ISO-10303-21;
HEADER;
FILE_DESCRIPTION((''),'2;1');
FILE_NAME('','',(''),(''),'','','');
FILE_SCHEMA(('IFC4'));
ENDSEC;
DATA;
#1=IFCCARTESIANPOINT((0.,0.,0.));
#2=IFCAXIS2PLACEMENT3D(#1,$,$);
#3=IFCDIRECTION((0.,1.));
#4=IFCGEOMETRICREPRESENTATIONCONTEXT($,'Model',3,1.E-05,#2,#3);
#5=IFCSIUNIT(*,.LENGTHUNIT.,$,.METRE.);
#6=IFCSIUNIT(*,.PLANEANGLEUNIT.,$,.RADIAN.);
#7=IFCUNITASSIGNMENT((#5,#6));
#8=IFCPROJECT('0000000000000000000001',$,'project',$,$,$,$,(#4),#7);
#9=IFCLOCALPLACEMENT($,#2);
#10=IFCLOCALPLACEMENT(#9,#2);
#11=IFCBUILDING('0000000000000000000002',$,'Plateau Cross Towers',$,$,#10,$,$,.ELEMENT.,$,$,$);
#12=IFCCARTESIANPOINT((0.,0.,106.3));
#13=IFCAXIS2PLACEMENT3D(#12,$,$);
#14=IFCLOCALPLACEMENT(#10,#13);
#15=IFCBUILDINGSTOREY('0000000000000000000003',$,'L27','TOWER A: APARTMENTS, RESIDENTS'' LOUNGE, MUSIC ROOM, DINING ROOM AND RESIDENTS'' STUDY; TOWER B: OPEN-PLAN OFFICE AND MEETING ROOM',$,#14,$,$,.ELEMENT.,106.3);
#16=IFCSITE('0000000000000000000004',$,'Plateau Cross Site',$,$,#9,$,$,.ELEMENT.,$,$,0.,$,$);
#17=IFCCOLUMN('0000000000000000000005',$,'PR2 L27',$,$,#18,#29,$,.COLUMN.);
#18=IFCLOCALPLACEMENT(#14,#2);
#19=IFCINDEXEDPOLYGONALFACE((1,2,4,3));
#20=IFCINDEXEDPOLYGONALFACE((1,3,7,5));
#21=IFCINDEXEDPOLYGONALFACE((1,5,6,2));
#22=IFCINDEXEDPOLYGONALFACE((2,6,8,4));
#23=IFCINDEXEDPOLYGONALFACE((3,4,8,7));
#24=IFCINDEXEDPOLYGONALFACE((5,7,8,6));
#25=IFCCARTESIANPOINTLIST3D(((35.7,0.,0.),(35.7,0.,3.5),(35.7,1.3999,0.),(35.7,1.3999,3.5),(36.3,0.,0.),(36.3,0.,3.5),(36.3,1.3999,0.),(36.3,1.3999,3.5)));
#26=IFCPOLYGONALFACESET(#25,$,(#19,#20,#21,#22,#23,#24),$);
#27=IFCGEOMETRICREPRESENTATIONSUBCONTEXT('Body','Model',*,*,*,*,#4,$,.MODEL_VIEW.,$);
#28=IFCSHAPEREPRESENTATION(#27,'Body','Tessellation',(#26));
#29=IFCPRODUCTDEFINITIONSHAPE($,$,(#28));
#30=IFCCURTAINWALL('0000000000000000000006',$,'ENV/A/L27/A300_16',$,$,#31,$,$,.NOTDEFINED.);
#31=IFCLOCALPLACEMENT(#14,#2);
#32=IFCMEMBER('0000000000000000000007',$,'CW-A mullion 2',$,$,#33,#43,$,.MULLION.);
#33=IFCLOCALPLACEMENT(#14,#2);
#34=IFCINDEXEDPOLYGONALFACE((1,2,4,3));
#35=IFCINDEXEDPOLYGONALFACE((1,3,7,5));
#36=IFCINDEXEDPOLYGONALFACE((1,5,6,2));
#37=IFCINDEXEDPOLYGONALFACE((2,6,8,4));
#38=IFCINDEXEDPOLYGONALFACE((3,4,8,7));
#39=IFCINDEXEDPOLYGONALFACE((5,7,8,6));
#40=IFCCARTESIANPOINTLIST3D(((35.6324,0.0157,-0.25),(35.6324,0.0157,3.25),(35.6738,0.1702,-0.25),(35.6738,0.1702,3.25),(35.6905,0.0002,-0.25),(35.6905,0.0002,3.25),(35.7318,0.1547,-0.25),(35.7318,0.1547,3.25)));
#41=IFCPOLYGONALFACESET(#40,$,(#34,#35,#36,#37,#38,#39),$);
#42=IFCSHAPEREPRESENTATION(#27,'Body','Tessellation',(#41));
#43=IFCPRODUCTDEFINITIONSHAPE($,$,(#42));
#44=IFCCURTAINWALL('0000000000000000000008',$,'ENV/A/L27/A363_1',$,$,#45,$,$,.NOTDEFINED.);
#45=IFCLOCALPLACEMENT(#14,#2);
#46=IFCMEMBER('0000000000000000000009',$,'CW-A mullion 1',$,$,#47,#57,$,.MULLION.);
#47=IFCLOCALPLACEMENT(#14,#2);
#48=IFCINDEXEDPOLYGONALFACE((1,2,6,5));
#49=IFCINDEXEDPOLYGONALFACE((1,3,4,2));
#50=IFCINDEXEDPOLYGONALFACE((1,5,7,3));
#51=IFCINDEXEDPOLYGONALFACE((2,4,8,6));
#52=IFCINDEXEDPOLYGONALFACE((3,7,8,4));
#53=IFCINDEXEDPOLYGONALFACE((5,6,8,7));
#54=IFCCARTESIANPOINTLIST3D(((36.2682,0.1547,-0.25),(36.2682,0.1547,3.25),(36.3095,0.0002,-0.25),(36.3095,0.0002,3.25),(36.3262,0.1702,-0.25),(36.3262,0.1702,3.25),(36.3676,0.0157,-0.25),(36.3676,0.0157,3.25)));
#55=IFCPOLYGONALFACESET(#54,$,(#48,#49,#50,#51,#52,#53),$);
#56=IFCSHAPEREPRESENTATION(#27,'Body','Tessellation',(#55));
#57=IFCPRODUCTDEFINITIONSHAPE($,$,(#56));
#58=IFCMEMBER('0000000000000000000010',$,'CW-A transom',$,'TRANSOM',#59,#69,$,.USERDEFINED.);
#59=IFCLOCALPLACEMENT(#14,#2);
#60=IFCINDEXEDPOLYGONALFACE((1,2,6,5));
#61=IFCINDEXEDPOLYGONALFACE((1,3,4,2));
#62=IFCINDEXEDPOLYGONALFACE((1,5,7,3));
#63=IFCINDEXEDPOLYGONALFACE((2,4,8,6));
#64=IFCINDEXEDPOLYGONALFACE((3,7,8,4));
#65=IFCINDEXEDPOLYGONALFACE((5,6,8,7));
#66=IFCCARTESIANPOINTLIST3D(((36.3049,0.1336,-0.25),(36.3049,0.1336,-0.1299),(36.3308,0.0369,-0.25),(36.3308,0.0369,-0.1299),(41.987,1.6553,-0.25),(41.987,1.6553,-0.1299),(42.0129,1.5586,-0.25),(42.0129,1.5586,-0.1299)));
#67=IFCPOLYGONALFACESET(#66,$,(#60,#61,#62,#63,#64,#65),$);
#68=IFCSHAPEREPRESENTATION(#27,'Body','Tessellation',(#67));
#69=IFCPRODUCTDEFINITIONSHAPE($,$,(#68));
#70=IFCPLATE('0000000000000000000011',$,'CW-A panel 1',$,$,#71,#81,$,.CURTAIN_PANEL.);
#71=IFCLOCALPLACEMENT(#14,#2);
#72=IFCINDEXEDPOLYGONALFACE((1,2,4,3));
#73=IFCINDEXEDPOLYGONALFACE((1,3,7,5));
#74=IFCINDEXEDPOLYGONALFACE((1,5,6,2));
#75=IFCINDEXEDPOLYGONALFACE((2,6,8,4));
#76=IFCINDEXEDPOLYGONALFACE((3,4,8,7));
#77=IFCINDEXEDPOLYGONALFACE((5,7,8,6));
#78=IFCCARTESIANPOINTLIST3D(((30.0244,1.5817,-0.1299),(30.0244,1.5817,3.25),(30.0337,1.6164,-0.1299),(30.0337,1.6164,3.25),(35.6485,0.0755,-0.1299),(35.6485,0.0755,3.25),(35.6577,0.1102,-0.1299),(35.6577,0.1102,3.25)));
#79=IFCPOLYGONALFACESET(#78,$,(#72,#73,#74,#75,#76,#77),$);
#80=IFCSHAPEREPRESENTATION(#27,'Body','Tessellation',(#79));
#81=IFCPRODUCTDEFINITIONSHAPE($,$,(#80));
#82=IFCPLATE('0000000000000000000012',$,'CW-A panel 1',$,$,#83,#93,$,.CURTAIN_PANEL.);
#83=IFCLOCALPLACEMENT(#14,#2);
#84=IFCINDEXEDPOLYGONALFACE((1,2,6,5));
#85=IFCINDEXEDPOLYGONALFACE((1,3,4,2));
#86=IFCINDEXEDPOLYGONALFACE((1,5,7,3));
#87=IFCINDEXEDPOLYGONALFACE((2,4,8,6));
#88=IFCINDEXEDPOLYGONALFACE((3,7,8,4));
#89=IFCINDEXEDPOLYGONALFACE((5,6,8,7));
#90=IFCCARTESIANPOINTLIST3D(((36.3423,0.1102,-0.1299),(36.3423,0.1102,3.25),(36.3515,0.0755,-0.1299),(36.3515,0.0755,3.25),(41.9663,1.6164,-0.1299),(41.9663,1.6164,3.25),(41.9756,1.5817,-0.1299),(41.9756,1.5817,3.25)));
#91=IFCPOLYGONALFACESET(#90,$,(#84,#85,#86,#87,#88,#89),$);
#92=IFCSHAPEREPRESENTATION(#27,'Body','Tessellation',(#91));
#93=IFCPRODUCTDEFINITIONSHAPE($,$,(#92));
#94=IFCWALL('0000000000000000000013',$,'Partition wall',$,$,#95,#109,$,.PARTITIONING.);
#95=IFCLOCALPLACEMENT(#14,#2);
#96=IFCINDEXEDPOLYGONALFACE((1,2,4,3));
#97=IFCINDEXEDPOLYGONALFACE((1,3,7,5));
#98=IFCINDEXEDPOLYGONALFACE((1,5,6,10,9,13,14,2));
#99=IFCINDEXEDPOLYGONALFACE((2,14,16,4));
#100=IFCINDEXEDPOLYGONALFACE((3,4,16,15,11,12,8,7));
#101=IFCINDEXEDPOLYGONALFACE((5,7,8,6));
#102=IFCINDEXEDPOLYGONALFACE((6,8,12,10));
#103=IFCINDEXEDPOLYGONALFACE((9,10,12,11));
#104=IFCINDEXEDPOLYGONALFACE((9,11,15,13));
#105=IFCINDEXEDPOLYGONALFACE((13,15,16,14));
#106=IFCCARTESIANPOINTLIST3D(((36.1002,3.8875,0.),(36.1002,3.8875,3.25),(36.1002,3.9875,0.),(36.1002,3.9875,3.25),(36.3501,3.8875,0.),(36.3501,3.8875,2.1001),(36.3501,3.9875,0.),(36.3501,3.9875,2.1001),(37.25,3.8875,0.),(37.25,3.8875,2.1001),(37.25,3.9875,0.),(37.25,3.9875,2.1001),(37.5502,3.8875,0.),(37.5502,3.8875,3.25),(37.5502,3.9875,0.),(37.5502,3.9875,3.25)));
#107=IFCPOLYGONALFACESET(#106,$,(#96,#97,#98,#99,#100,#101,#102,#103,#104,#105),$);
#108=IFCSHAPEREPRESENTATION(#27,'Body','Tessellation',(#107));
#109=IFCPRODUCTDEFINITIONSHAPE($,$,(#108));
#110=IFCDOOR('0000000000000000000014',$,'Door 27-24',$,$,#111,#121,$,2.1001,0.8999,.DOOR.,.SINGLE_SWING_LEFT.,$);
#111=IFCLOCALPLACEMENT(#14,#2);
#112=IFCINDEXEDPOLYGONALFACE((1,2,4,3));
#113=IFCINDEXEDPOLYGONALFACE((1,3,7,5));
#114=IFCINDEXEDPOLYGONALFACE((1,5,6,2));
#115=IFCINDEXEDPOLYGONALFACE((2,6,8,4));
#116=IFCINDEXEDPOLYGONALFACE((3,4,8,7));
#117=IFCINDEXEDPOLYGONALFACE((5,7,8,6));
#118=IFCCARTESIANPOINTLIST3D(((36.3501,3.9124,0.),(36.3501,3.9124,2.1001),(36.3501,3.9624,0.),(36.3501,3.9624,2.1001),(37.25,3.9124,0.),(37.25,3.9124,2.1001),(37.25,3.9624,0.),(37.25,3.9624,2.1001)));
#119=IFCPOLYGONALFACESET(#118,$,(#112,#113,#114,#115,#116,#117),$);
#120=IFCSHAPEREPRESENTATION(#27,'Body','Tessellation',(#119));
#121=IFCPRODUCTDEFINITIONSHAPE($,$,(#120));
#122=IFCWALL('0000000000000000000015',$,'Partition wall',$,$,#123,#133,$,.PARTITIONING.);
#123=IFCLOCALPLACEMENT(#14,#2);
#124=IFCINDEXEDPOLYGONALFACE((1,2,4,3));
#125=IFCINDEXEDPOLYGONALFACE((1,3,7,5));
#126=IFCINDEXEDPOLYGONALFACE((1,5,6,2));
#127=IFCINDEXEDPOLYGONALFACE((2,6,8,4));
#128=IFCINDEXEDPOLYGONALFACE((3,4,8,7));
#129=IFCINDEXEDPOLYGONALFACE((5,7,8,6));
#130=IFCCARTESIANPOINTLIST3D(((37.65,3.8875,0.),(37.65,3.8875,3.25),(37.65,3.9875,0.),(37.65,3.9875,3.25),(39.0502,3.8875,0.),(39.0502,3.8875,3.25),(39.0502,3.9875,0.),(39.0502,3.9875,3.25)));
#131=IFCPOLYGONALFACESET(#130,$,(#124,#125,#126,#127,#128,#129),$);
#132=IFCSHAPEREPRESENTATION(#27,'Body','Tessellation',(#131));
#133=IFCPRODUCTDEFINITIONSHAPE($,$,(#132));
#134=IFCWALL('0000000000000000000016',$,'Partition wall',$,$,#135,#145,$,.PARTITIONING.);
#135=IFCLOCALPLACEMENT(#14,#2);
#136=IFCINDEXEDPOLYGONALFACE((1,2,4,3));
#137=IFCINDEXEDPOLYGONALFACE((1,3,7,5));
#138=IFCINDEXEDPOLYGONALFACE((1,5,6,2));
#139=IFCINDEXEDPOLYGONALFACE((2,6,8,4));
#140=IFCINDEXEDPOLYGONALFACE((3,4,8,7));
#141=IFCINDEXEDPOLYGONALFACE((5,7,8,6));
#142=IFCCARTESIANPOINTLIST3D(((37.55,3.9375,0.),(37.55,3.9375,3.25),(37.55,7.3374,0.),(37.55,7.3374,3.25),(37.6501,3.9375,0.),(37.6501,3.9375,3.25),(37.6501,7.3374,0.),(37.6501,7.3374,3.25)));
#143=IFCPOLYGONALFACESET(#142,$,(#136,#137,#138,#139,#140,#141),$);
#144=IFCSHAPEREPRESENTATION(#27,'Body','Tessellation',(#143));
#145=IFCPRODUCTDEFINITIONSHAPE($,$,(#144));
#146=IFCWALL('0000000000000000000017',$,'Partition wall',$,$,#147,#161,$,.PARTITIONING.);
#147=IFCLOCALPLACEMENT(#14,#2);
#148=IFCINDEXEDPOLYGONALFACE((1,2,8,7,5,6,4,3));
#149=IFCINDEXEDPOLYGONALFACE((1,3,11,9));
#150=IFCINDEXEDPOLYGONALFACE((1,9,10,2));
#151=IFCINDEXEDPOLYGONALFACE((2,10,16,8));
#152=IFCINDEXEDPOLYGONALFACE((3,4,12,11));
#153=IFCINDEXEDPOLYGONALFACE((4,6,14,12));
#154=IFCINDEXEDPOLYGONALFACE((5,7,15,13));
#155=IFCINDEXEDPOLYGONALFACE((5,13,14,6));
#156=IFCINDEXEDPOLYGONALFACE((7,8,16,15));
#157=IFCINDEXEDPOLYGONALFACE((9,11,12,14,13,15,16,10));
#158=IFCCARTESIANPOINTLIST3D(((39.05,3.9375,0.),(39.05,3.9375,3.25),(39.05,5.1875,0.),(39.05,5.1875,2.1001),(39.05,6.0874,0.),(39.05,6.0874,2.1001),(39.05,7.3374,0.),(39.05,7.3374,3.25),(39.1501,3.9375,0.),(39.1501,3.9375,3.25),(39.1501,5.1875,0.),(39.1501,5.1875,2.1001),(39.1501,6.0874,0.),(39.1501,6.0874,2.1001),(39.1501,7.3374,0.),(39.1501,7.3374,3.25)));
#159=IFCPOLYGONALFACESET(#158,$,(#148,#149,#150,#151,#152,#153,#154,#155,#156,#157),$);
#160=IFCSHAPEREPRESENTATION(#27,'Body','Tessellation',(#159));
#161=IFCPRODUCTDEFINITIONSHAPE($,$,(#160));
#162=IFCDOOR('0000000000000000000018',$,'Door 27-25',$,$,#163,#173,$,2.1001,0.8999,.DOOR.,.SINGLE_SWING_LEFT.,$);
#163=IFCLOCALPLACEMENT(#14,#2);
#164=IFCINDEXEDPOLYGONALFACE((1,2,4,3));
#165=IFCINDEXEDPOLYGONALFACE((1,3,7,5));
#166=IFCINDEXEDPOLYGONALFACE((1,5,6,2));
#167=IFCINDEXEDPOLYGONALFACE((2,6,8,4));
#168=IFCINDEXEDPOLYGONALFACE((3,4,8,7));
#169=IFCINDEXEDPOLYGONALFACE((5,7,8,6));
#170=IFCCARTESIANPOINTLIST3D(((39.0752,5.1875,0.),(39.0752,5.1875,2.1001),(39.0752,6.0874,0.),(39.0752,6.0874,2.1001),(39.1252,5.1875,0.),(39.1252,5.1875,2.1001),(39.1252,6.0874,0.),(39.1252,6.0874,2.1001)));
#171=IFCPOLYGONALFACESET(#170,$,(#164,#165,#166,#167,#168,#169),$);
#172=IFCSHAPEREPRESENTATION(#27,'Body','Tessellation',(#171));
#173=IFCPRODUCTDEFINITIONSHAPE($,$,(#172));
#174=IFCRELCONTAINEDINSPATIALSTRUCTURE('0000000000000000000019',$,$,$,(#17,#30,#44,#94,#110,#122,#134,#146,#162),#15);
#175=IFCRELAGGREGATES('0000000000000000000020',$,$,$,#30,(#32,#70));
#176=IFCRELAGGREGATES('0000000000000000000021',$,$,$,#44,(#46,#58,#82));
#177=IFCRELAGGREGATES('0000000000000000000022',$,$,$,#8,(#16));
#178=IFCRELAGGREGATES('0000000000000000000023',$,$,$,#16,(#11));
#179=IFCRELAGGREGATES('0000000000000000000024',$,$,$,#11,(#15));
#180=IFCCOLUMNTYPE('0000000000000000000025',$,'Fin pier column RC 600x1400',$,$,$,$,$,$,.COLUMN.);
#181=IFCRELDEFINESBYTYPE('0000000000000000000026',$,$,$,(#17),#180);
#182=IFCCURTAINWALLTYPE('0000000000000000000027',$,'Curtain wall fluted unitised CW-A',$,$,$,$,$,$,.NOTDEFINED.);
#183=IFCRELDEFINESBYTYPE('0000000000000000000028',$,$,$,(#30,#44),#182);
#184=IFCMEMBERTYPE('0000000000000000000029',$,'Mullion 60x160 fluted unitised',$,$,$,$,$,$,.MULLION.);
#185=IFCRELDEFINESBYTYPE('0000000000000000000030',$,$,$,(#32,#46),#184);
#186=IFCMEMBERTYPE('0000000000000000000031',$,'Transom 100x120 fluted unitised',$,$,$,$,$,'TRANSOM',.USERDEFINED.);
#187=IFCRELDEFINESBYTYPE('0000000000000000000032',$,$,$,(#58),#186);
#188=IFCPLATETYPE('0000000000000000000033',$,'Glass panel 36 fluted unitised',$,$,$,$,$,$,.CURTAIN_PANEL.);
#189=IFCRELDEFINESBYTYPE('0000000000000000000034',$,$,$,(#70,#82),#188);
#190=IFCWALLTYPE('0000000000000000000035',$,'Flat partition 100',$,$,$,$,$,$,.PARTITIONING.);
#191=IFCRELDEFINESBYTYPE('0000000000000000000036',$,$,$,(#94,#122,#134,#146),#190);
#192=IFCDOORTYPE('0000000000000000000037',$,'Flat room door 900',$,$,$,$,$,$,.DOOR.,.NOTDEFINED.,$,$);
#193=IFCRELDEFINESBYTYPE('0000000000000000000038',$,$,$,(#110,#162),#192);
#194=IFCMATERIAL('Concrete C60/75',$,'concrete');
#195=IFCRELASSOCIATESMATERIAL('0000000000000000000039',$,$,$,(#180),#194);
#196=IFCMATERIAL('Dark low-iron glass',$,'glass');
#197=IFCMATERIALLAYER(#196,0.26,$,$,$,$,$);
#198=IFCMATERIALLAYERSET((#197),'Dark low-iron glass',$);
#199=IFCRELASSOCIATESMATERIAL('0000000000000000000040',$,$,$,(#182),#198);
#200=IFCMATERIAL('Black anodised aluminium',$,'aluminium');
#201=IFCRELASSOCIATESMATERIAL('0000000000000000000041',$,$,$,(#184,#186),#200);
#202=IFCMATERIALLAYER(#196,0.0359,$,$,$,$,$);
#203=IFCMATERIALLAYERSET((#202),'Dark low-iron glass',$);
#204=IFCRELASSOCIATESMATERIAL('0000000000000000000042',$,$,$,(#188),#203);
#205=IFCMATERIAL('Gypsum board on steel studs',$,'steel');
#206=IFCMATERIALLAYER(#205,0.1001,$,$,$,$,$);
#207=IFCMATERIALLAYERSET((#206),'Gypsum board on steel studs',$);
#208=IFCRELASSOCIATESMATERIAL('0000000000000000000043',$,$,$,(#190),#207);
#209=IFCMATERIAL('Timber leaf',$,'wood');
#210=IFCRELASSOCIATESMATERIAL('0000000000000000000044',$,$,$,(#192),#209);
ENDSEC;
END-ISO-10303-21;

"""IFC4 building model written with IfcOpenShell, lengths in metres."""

from ifc_helpers import new_model, si_unit, direction, frame, frame_2d, origin, origin_2d, place, context, subcontext, project, spatial, rectangle, extrude, material, layer, layer_set, material_profile, profile_set, type_object, element, fill, aggregate, save


model = new_model("IFC4")

# Units and contexts
model_context = context("Model", 3, precision=1e-05, world=origin(), true_north=direction((0.0, 1.0)))
body_context = subcontext(model_context, "Body", "Model", "MODEL_VIEW")
ifc_project = project(units=[si_unit("LENGTHUNIT", "METRE"), si_unit("PLANEANGLEUNIT", "RADIAN")], contexts=[model_context])

# Site, building, storey
site_placement = place(None, origin())
site = spatial("IfcSite", under=ifc_project, at=site_placement, Name="Plateau Cross Site", CompositionType="ELEMENT", RefElevation=0.0)
building_placement = place(site_placement, origin())
building = spatial("IfcBuilding", under=site, at=building_placement, Name="Plateau Cross Towers", CompositionType="ELEMENT")
storey_placement = place(building_placement, frame((0.0, 0.0, 106.3)))
storey = spatial("IfcBuildingStorey", under=building, at=storey_placement, Name="L27", Description="TOWER A: APARTMENTS, RESIDENTS' LOUNGE, MUSIC ROOM, DINING ROOM AND RESIDENTS' STUDY; TOWER B: OPEN-PLAN OFFICE AND MEETING ROOM", CompositionType="ELEMENT", Elevation=106.3)

# Column
ifc_material_1 = material(Name="Concrete C60/75", Category="concrete")
ifc_material_profile_1 = material_profile(ifc_material_1, rectangle(XDim=0.6001, YDim=1.3999, at=origin_2d()), Name="RC 600x1400")
ifc_profile_set_1 = profile_set([ifc_material_profile_1], Name="Concrete C60/75")
column_type = type_object("IfcColumnType", Name="Fin pier column RC 600x1400", PredefinedType="COLUMN", material=ifc_profile_set_1)
column_placement = place(storey_placement, frame((36.0, 0.7, 0.0), z_axis=(0.0, 0.0, 1.0), x_axis=(1.0, 0.0, 0.0)))
element("IfcColumn", 1, at=column_placement, inside=storey, type_object=column_type, Name="PR2 L27", PredefinedType="COLUMN", context=body_context, shape_type="SweptSolid", body=[
    extrude(rectangle(XDim=0.6001, YDim=1.3999, at=origin_2d()), origin(), (0.0, 0.0, 1.0), 3.5),
])

# Curtain wall, member
ifc_material_2 = material(Name="Dark low-iron glass", Category="glass")
ifc_layer_1 = layer(ifc_material_2, 0.26)
ifc_layer_set_1 = layer_set([ifc_layer_1], Name="Dark low-iron glass")
curtain_wall_type = type_object("IfcCurtainWallType", Name="Curtain wall fluted unitised CW-A", PredefinedType="NOTDEFINED", material=ifc_layer_set_1)
curtain_wall_1_placement = place(storey_placement, origin())
curtain_wall_1 = element("IfcCurtainWall", 2, at=curtain_wall_1_placement, inside=storey, type_object=curtain_wall_type, Name="ENV/A/L27/A300_16", PredefinedType="NOTDEFINED")
ifc_material_3 = material(Name="Black anodised aluminium", Category="aluminium")
ifc_material_profile_2 = material_profile(ifc_material_3, rectangle(XDim=0.0601, YDim=0.1599, at=origin_2d()), Name="MULLION 60x160")
ifc_profile_set_2 = profile_set([ifc_material_profile_2], Name="Black anodised aluminium")
member_type_1 = type_object("IfcMemberType", Name="Mullion 60x160 fluted unitised", PredefinedType="MULLION", material=ifc_profile_set_2)
member_1_placement = place(storey_placement, frame((35.6821, 0.0852, -0.25), z_axis=(0.0, 0.0, 1.0), x_axis=(0.965958, -0.258699, 0.0)))
member_1 = element("IfcMember", 3, at=member_1_placement, type_object=member_type_1, Name="CW-A mullion 2", PredefinedType="MULLION", context=body_context, shape_type="SweptSolid", body=[
    extrude(rectangle(XDim=0.0601, YDim=0.1599, at=origin_2d()), origin(), (0.0, 0.0, 1.0), 3.5),
])

# Curtain wall, members
curtain_wall_2_placement = place(storey_placement, origin())
curtain_wall_2 = element("IfcCurtainWall", 4, at=curtain_wall_2_placement, inside=storey, type_object=curtain_wall_type, Name="ENV/A/L27/A363_1", PredefinedType="NOTDEFINED")
member_2_placement = place(storey_placement, frame((36.3179, 0.0852, -0.25), z_axis=(0.0, 0.0, 1.0), x_axis=(0.965958, 0.258699, 0.0)))
member_2 = element("IfcMember", 5, at=member_2_placement, type_object=member_type_1, Name="CW-A mullion 1", PredefinedType="MULLION", context=body_context, shape_type="SweptSolid", body=[
    extrude(rectangle(XDim=0.0601, YDim=0.1599, at=origin_2d()), origin(), (0.0, 0.0, 1.0), 3.5),
])
ifc_material_profile_3 = material_profile(ifc_material_3, rectangle(XDim=0.1001, YDim=0.1201, at=origin_2d()), Name="TRANSOM 100x120")
ifc_profile_set_3 = profile_set([ifc_material_profile_3], Name="Black anodised aluminium")
member_type_2 = type_object("IfcMemberType", Name="Transom 100x120 fluted unitised", ElementType="TRANSOM", PredefinedType="USERDEFINED", material=ifc_profile_set_3)
member_3_placement = place(storey_placement, frame((36.3179, 0.0852, -0.1899), z_axis=(0.96596, 0.258693, 0.0), x_axis=(-0.258693, 0.96596, 0.0)))
member_3 = element("IfcMember", 6, at=member_3_placement, type_object=member_type_2, Name="CW-A transom", ObjectType="TRANSOM", PredefinedType="USERDEFINED", context=body_context, shape_type="SweptSolid", body=[
    extrude(rectangle(XDim=0.1001, YDim=0.1201, at=origin_2d()), origin(), (0.0, 0.0, 1.0), 5.8823),
])

# Plates
ifc_layer_2 = layer(ifc_material_2, 0.0359)
ifc_layer_set_2 = layer_set([ifc_layer_2], Name="Dark low-iron glass")
plate_type = type_object("IfcPlateType", Name="Glass panel 36 fluted unitised", PredefinedType="CURTAIN_PANEL", material=ifc_layer_set_2)
plate_1_placement = place(storey_placement, frame((32.8411, 0.8459, -0.1299), z_axis=(0.0, 0.0, 1.0), x_axis=(0.965958, -0.258699, 0.0)))
plate_1 = element("IfcPlate", 7, at=plate_1_placement, type_object=plate_type, Name="CW-A panel 1", PredefinedType="CURTAIN_PANEL", context=body_context, shape_type="SweptSolid", body=[
    extrude(rectangle(XDim=5.8223, YDim=0.0359, at=origin_2d()), origin(), (0.0, 0.0, 1.0), 3.3799),
])
aggregate(curtain_wall_1, [member_1, plate_1])
plate_2_placement = place(storey_placement, frame((39.1589, 0.8459, -0.1299), z_axis=(0.0, 0.0, 1.0), x_axis=(0.965958, 0.258699, 0.0)))
plate_2 = element("IfcPlate", 8, at=plate_2_placement, type_object=plate_type, Name="CW-A panel 1", PredefinedType="CURTAIN_PANEL", context=body_context, shape_type="SweptSolid", body=[
    extrude(rectangle(XDim=5.8223, YDim=0.0359, at=origin_2d()), origin(), (0.0, 0.0, 1.0), 3.3799),
])
aggregate(curtain_wall_2, [member_2, member_3, plate_2])

# Wall, opening, door
ifc_material_4 = material(Name="Gypsum board on steel studs", Category="steel")
ifc_layer_3 = layer(ifc_material_4, 0.1001)
ifc_layer_set_3 = layer_set([ifc_layer_3], Name="Gypsum board on steel studs")
wall_type_1 = type_object("IfcWallType", Name="Flat partition 100", PredefinedType="PARTITIONING", material=ifc_layer_set_3)
wall_1_placement = place(storey_placement, frame((36.1001, 3.9375, 0.0), z_axis=(0.0, 0.0, 1.0), x_axis=(1.0, 0.0, 0.0)))
wall_1 = element("IfcWall", 9, at=wall_1_placement, inside=storey, type_object=wall_type_1, Name="Partition wall", PredefinedType="PARTITIONING", context=body_context, shape_type="SweptSolid", body=[
    extrude(rectangle(XDim=1.45, YDim=0.1001, at=frame_2d((0.7251, 0.0))), origin(), (0.0, 0.0, 1.0), 3.25),
])
opening_1_placement = place(wall_1_placement, frame((0.25, 0.0, 0.0)))
opening_1 = element("IfcOpeningElement", 10, at=opening_1_placement, cuts=wall_1, PredefinedType="OPENING", context=body_context, shape_type="SweptSolid", body=[
    extrude(rectangle(XDim=0.8999, YDim=2.1001, at=frame_2d((0.45, 1.05))), frame((0.0, 0.0601, 0.0), z_axis=(0.0, -1.0, 0.0), x_axis=(1.0, 0.0, 0.0)), (0.0, 0.0, 1.0), 0.1201),
])
ifc_material_5 = material(Name="Timber leaf", Category="wood")
door_type = type_object("IfcDoorType", Name="Flat room door 900", OperationType="NOTDEFINED", PredefinedType="DOOR", material=ifc_material_5)
door_1_placement = place(opening_1_placement, origin())
door_1 = element("IfcDoor", 11, at=door_1_placement, inside=storey, type_object=door_type, Name="Door 27-24", OperationType="SINGLE_SWING_LEFT", OverallHeight=2.1001, OverallWidth=0.8999, PredefinedType="DOOR", context=body_context, shape_type="SweptSolid", body=[
    extrude(rectangle(XDim=0.8999, YDim=2.1001, at=frame_2d((0.45, 1.05))), frame((0.0, 0.0249, 0.0), z_axis=(0.0, -1.0, 0.0), x_axis=(1.0, 0.0, 0.0)), (0.0, 0.0, 1.0), 0.05),
])
fill(opening_1, door_1)

# Walls
wall_2_placement = place(storey_placement, frame((37.6499, 3.9375, 0.0), z_axis=(0.0, 0.0, 1.0), x_axis=(1.0, 0.0, 0.0)))
element("IfcWall", 12, at=wall_2_placement, inside=storey, type_object=wall_type_1, Name="Partition wall", PredefinedType="PARTITIONING", context=body_context, shape_type="SweptSolid", body=[
    extrude(rectangle(XDim=1.4001, YDim=0.1001, at=frame_2d((0.7002, 0.0))), origin(), (0.0, 0.0, 1.0), 3.25),
])
wall_3_placement = place(storey_placement, frame((37.6001, 3.9375, 0.0), z_axis=(0.0, 0.0, 1.0), x_axis=(0.0, 1.0, 0.0)))
element("IfcWall", 13, at=wall_3_placement, inside=storey, type_object=wall_type_1, Name="Partition wall", PredefinedType="PARTITIONING", context=body_context, shape_type="SweptSolid", body=[
    extrude(rectangle(XDim=3.3999, YDim=0.1001, at=frame_2d((1.7, 0.0))), origin(), (0.0, 0.0, 1.0), 3.25),
])

# Wall, opening, door
wall_4_placement = place(storey_placement, frame((39.1001, 3.9375, 0.0), z_axis=(0.0, 0.0, 1.0), x_axis=(0.0, 1.0, 0.0)))
wall_4 = element("IfcWall", 14, at=wall_4_placement, inside=storey, type_object=wall_type_1, Name="Partition wall", PredefinedType="PARTITIONING", context=body_context, shape_type="SweptSolid", body=[
    extrude(rectangle(XDim=3.3999, YDim=0.1001, at=frame_2d((1.7, 0.0))), origin(), (0.0, 0.0, 1.0), 3.25),
])
opening_2_placement = place(wall_4_placement, frame((1.25, 0.0, 0.0)))
opening_2 = element("IfcOpeningElement", 15, at=opening_2_placement, cuts=wall_4, PredefinedType="OPENING", context=body_context, shape_type="SweptSolid", body=[
    extrude(rectangle(XDim=0.8999, YDim=2.1001, at=frame_2d((0.45, 1.05))), frame((0.0, 0.0601, 0.0), z_axis=(0.0, -1.0, 0.0), x_axis=(1.0, 0.0, 0.0)), (0.0, 0.0, 1.0), 0.1201),
])
door_2_placement = place(opening_2_placement, origin())
door_2 = element("IfcDoor", 16, at=door_2_placement, inside=storey, type_object=door_type, Name="Door 27-25", OperationType="SINGLE_SWING_LEFT", OverallHeight=2.1001, OverallWidth=0.8999, PredefinedType="DOOR", context=body_context, shape_type="SweptSolid", body=[
    extrude(rectangle(XDim=0.8999, YDim=2.1001, at=frame_2d((0.45, 1.05))), frame((0.0, 0.0249, 0.0), z_axis=(0.0, -1.0, 0.0), x_axis=(1.0, 0.0, 0.0)), (0.0, 0.0, 1.0), 0.05),
])
fill(opening_2, door_2)

save(model, "model.ifc")
